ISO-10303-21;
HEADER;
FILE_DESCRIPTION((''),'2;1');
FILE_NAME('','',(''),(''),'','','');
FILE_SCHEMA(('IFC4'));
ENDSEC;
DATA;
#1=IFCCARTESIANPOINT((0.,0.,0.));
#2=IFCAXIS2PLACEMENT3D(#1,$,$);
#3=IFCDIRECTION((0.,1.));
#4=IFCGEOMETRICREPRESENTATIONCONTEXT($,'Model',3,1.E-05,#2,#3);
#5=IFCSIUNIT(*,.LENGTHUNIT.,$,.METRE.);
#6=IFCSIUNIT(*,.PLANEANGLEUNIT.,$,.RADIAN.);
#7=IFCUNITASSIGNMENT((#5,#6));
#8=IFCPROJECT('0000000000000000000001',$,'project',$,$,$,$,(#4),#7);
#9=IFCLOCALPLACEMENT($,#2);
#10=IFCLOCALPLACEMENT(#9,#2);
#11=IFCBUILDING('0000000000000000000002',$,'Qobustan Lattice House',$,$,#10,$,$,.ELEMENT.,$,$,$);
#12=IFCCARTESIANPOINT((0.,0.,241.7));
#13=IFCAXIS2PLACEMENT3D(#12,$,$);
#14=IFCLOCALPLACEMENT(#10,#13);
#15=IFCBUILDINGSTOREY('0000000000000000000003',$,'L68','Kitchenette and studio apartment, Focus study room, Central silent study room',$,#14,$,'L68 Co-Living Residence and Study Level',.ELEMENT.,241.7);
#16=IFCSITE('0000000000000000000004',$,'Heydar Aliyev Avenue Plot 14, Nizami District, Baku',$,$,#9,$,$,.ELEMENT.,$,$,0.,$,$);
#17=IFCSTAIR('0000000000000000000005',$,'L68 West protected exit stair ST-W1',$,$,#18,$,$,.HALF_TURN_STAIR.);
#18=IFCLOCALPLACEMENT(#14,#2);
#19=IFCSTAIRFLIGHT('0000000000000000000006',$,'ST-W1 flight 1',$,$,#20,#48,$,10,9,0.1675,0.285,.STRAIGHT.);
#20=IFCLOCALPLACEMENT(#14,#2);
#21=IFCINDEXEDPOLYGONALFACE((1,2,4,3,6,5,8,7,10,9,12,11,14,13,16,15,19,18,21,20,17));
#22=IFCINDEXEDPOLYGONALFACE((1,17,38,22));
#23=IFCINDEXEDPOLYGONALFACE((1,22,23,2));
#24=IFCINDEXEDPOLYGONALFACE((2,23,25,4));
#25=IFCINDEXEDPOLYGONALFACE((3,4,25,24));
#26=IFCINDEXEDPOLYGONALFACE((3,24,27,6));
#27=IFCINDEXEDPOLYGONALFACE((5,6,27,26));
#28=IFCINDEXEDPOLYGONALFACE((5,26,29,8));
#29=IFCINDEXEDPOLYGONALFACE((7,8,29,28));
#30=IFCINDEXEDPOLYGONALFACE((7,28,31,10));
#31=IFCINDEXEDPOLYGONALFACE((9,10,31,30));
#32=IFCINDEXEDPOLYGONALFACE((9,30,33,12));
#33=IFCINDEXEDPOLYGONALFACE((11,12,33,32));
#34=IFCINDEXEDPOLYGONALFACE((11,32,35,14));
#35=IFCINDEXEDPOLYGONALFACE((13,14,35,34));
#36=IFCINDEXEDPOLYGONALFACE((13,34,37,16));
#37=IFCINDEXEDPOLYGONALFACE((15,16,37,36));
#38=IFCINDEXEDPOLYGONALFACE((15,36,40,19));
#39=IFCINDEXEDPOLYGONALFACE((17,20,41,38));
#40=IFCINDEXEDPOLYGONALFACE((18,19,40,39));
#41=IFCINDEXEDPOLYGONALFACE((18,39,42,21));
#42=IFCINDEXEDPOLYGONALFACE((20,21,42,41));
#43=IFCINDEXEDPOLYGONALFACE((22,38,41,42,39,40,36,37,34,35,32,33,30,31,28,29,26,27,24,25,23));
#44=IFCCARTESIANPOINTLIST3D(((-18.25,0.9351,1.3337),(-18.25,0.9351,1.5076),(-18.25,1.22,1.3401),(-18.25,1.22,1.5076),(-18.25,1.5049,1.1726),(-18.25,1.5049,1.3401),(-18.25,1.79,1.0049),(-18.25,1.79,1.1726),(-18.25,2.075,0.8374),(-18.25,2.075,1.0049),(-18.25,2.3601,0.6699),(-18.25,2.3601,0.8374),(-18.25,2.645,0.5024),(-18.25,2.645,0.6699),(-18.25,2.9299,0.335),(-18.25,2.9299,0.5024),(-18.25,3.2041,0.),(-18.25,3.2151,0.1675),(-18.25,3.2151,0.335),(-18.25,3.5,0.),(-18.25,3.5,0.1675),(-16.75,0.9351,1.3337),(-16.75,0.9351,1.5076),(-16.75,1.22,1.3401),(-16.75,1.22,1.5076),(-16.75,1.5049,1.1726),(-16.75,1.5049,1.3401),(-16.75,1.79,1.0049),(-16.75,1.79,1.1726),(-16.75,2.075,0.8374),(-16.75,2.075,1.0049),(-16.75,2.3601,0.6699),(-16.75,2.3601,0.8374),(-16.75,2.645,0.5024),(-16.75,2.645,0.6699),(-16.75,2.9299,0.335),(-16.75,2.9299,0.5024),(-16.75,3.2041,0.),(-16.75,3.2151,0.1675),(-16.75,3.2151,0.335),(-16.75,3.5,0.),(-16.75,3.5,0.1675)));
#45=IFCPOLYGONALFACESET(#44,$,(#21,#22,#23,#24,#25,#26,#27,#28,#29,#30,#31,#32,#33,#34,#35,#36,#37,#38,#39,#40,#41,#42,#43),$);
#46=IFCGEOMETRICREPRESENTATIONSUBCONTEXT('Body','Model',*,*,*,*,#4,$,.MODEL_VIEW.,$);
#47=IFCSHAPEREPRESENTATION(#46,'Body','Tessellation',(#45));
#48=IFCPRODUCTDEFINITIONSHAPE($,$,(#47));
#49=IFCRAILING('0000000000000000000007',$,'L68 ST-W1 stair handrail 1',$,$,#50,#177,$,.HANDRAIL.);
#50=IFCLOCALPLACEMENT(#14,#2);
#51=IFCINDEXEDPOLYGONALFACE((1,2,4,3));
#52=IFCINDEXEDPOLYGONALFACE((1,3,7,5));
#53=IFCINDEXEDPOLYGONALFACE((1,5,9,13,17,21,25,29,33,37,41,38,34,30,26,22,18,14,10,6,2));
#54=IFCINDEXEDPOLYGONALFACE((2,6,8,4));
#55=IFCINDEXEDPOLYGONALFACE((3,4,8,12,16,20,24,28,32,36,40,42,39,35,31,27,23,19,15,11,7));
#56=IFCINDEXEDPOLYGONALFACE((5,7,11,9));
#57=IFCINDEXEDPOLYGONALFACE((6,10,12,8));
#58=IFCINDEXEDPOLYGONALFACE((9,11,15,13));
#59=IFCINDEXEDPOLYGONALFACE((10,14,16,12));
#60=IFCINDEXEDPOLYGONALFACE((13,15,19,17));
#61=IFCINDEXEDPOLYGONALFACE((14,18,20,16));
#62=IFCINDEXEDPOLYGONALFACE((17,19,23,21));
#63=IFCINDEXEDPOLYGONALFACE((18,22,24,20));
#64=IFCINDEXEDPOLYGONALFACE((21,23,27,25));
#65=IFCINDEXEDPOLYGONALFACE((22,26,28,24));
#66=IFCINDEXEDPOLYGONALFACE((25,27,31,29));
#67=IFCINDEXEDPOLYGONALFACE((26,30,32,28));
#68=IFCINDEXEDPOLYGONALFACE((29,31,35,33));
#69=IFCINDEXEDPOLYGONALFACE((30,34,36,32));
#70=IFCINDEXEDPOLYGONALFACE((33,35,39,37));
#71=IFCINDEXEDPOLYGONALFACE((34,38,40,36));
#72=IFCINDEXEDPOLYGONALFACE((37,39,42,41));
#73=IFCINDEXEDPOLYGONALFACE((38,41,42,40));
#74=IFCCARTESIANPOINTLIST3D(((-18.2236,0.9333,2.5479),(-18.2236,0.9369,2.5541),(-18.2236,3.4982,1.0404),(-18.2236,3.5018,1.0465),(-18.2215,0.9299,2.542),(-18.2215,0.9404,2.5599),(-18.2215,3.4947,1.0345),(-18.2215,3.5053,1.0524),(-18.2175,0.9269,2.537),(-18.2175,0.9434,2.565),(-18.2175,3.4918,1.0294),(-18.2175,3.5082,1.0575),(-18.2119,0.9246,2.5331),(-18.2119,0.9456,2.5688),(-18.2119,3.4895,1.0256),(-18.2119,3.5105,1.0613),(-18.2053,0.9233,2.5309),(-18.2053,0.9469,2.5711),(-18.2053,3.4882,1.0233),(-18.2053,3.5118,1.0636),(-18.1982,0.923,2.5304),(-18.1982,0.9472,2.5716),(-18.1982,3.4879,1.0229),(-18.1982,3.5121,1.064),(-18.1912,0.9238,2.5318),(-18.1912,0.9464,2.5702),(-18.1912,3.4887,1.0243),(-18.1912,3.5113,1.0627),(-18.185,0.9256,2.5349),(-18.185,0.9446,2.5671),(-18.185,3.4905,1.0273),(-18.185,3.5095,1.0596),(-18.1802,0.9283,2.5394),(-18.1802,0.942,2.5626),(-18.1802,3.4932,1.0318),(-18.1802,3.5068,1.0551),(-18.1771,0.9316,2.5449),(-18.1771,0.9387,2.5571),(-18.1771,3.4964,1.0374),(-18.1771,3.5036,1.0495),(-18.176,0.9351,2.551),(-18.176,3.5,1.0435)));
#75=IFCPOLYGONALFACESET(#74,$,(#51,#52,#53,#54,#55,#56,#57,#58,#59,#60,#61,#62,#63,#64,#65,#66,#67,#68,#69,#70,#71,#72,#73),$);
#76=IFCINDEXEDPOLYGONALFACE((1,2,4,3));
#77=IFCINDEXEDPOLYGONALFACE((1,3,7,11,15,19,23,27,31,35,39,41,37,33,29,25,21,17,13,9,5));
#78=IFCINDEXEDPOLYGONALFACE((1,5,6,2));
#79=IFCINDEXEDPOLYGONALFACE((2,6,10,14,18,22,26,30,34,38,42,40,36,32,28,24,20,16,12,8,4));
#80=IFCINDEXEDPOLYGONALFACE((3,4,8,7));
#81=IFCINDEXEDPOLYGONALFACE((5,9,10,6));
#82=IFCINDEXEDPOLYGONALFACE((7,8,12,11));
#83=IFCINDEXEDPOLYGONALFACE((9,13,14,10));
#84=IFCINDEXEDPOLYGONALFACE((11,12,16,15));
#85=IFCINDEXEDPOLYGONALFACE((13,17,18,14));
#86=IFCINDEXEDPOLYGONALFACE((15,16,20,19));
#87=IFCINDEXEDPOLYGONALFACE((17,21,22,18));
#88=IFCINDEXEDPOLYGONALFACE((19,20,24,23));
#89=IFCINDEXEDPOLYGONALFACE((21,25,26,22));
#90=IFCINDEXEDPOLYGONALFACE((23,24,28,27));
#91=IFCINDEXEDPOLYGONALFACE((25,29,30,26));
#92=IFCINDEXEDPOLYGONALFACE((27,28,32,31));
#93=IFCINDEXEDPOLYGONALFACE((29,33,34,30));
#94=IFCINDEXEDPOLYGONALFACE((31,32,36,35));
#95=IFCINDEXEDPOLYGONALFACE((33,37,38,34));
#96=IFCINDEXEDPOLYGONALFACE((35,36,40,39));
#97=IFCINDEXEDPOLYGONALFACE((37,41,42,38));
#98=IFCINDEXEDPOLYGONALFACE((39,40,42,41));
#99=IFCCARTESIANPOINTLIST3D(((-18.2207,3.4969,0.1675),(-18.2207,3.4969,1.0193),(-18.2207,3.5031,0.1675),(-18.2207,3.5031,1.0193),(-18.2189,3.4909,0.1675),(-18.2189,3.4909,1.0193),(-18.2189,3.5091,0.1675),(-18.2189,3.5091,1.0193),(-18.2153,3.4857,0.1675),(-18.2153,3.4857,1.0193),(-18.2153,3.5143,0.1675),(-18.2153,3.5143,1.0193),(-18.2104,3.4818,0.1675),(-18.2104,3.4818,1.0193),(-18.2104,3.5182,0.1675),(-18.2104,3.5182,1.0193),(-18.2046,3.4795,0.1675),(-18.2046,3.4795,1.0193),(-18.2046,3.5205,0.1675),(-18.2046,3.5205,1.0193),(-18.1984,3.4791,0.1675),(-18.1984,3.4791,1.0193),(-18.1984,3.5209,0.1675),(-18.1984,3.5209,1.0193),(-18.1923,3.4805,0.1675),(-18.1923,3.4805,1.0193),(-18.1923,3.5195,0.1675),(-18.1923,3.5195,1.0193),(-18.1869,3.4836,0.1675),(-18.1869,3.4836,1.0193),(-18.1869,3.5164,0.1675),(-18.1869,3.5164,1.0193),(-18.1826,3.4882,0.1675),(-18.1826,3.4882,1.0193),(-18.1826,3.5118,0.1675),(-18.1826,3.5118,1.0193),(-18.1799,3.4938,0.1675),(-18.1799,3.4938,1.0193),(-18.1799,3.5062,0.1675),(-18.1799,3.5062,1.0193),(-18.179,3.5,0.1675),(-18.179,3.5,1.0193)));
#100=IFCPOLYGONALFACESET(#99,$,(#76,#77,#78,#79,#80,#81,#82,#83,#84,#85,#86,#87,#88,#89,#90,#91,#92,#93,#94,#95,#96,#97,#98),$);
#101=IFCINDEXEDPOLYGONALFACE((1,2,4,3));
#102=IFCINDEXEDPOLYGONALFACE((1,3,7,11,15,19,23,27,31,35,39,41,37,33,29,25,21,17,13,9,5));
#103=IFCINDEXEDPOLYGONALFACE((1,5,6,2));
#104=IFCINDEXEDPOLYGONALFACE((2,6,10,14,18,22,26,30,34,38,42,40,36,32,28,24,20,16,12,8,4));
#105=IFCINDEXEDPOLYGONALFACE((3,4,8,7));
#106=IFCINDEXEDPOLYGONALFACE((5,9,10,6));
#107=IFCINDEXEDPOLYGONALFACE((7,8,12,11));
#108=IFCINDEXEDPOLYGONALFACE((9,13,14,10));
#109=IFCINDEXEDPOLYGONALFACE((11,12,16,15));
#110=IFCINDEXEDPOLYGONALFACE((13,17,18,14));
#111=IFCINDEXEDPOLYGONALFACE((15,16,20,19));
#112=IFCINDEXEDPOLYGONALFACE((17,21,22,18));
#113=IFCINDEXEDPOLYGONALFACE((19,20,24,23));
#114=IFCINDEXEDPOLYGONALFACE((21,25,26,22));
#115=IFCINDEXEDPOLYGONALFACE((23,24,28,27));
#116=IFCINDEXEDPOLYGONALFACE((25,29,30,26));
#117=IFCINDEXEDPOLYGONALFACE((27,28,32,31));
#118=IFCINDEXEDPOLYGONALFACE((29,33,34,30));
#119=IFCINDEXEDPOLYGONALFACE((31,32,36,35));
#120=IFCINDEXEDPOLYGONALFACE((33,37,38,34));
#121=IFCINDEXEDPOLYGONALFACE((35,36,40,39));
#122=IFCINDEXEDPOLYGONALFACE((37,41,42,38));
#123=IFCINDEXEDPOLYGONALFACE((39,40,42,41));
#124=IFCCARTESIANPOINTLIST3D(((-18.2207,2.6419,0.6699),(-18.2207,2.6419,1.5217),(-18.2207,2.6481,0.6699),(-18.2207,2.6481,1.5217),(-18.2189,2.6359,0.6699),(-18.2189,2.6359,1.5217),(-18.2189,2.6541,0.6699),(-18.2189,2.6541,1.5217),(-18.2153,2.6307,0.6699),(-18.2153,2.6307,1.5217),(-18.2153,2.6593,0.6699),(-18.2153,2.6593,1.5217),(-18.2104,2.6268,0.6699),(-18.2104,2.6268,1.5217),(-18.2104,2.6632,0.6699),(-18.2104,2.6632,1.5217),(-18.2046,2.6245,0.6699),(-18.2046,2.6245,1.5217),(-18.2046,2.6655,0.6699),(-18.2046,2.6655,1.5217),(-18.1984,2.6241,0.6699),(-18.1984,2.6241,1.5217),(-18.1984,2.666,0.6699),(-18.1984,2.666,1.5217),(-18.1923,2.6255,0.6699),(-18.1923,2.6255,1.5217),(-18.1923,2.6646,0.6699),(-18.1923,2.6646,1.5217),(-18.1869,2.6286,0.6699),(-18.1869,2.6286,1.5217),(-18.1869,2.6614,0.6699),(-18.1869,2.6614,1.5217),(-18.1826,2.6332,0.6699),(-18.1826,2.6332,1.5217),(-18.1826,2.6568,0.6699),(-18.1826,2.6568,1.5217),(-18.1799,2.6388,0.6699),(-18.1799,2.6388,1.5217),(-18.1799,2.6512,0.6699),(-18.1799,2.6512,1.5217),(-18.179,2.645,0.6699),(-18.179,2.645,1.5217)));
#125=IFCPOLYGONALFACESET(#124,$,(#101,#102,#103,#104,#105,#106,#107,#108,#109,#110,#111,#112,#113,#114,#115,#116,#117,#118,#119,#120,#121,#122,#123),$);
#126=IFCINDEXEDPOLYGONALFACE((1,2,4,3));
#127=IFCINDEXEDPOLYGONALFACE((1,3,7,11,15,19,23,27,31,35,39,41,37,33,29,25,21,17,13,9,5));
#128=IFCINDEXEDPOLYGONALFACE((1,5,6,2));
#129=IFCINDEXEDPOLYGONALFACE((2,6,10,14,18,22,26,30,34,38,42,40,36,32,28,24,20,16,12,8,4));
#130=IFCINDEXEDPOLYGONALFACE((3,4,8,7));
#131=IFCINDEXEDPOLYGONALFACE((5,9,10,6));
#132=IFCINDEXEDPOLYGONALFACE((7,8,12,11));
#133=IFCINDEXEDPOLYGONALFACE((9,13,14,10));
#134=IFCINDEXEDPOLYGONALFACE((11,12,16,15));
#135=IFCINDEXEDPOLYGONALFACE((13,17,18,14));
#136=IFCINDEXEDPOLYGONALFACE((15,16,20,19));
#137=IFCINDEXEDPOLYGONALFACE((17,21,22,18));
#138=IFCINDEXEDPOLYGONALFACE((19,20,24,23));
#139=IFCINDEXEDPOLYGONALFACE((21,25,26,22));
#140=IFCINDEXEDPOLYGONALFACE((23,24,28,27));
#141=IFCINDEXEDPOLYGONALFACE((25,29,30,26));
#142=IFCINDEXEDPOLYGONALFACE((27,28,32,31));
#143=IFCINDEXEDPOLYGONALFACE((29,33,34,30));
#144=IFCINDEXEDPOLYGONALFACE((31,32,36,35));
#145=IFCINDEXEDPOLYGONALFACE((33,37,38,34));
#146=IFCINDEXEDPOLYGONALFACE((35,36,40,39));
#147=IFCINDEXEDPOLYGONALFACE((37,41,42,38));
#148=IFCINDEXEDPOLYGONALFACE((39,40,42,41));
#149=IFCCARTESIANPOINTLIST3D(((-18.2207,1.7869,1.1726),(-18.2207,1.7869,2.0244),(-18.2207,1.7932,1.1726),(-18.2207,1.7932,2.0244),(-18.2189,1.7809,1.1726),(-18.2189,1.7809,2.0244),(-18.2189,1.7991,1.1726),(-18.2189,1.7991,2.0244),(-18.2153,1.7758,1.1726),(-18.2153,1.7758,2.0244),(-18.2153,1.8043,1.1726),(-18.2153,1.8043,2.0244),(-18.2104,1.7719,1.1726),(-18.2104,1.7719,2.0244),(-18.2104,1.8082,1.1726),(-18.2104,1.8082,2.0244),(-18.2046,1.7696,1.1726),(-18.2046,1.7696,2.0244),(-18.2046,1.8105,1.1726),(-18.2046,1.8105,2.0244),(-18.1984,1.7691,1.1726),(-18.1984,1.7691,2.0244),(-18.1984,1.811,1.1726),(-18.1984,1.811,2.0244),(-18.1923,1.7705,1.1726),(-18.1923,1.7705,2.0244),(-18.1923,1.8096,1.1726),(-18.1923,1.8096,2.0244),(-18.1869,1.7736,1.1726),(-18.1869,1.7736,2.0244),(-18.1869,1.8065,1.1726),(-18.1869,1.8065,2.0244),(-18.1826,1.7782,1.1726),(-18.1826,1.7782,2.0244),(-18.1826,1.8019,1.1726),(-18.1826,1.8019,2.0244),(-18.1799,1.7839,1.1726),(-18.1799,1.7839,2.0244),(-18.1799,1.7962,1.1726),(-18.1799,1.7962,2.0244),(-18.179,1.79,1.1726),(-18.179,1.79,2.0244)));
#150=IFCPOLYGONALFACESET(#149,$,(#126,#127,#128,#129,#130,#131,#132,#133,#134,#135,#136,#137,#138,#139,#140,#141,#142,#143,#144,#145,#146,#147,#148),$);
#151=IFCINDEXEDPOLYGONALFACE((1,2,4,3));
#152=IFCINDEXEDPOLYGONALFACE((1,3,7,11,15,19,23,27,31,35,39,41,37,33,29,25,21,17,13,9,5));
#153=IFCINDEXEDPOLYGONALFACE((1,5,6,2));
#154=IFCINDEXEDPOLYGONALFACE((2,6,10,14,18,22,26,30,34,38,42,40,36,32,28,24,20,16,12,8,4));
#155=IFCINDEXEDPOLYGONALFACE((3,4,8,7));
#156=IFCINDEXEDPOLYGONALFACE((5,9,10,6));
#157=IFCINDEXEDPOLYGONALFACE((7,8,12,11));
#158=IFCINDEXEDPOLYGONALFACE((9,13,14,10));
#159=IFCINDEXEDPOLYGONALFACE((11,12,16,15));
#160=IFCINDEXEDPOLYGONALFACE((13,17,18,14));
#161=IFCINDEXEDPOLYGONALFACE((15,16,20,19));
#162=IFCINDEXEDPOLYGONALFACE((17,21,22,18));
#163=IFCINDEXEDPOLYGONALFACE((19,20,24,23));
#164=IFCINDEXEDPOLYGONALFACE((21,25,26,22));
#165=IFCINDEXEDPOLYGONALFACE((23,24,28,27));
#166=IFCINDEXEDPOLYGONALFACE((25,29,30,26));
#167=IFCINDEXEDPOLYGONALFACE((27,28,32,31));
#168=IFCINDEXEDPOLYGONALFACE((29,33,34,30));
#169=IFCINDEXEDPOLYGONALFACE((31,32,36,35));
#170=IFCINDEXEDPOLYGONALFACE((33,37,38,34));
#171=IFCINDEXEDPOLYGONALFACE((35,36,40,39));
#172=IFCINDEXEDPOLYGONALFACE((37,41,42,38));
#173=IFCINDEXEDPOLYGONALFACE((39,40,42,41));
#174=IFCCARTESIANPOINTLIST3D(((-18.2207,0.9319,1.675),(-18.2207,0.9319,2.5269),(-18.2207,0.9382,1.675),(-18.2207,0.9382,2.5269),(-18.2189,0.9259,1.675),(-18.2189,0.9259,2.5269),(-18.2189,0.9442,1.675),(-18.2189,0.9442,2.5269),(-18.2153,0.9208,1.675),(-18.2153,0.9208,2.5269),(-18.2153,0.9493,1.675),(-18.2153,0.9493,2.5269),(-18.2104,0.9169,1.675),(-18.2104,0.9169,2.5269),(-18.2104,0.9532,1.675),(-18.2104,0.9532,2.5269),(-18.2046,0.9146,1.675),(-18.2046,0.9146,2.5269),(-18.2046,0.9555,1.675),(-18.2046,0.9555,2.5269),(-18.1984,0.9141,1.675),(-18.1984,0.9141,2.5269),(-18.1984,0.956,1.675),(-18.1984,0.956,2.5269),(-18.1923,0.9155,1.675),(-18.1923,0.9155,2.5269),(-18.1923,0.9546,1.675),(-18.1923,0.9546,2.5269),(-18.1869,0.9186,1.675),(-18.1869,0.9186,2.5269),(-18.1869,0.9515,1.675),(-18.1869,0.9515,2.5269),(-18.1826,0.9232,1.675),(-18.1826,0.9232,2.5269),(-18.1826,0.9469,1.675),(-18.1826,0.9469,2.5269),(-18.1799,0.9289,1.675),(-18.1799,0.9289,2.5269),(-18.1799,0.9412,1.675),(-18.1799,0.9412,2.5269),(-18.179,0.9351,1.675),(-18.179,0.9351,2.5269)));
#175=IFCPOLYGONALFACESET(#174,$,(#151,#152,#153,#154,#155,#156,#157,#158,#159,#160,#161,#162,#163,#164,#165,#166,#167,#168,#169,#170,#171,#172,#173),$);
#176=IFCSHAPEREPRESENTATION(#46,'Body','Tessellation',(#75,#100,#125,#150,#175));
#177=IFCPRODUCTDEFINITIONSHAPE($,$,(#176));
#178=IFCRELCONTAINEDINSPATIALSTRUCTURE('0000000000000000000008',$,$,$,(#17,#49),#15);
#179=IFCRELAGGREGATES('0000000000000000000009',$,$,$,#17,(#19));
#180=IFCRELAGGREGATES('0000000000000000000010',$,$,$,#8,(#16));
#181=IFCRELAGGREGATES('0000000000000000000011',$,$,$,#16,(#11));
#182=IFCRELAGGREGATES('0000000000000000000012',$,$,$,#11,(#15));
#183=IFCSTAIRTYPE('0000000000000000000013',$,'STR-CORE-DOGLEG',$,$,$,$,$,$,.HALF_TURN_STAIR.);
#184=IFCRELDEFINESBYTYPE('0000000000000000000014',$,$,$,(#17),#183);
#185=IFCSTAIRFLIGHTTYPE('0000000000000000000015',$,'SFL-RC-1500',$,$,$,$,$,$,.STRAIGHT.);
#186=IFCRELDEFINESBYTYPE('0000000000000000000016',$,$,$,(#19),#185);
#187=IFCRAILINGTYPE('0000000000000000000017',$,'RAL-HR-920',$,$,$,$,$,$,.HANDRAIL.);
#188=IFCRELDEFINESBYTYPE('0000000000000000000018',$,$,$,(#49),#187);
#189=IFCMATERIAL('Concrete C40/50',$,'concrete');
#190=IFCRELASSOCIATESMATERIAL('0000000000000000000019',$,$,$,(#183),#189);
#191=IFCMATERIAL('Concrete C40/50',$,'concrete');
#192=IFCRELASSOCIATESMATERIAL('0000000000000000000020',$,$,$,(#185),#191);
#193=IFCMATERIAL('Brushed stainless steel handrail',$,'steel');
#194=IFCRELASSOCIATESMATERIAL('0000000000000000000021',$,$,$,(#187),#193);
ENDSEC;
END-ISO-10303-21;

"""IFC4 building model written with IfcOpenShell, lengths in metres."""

from ifc_helpers import new_model, si_unit, direction, frame, origin, origin_2d, place, context, subcontext, project, spatial, polyline, circle, outline, extrude, material, type_object, element, aggregate, save


model = new_model("IFC4")

# Units and contexts
model_context = context("Model", 3, precision=1e-05, world=origin(), true_north=direction((0.0, 1.0)))
body_context = subcontext(model_context, "Body", "Model", "MODEL_VIEW")
ifc_project = project(units=[si_unit("LENGTHUNIT", "METRE"), si_unit("PLANEANGLEUNIT", "RADIAN")], contexts=[model_context])

# Site, building, storey
site_placement = place(None, origin())
site = spatial("IfcSite", under=ifc_project, at=site_placement, Name="Heydar Aliyev Avenue Plot 14, Nizami District, Baku", CompositionType="ELEMENT", RefElevation=0.0)
building_placement = place(site_placement, origin())
building = spatial("IfcBuilding", under=site, at=building_placement, Name="Qobustan Lattice House", CompositionType="ELEMENT")
storey_placement = place(building_placement, frame((0.0, 0.0, 241.7)))
storey = spatial("IfcBuildingStorey", under=building, at=storey_placement, Name="L68", Description="Kitchenette and studio apartment, Focus study room, Central silent study room", LongName="L68 Co-Living Residence and Study Level", CompositionType="ELEMENT", Elevation=241.7)

# Stair, stair flight
ifc_material_1 = material(Name="Concrete C40/50", Category="concrete")
stair_type = type_object("IfcStairType", Name="STR-CORE-DOGLEG", PredefinedType="HALF_TURN_STAIR", material=ifc_material_1)
stair_placement = place(storey_placement, origin())
stair = element("IfcStair", 1, at=stair_placement, inside=storey, type_object=stair_type, Name="L68 West protected exit stair ST-W1", PredefinedType="HALF_TURN_STAIR")
ifc_material_2 = material(Name="Concrete C40/50", Category="concrete")
stair_flight_type = type_object("IfcStairFlightType", Name="SFL-RC-1500", PredefinedType="STRAIGHT", material=ifc_material_2)
stair_flight_placement = place(storey_placement, frame((-17.5, 3.5, 0.0), z_axis=(0.0, 0.0, 1.0), x_axis=(0.0, -1.0, 0.0)))
stair_flight = element("IfcStairFlight", 2, at=stair_flight_placement, type_object=stair_flight_type, Name="ST-W1 flight 1", NumberOfRisers=10, NumberOfTreads=9, PredefinedType="STRAIGHT", RiserHeight=0.1675, TreadLength=0.285, context=body_context, shape_type="SweptSolid", body=[
    extrude(outline(polyline([(0.0, 0.0), (0.0, 0.1675), (0.2849, 0.1675), (0.2849, 0.335), (0.5701, 0.335), (0.5701, 0.5024), (0.855, 0.5024), (0.855, 0.6699), (1.1399, 0.6699), (1.1399, 0.8374), (1.425, 0.8374), (1.425, 1.0049), (1.71, 1.0049), (1.71, 1.1726), (1.9951, 1.1726), (1.9951, 1.3401), (2.28, 1.3401), (2.28, 1.5076), (2.5649, 1.5076), (2.5649, 1.675), (2.5649, 1.3337), (0.2959, 0.0), (0.0, 0.0)])), frame((0.0, 0.75, 0.0), z_axis=(0.0, -1.0, 0.0), x_axis=(1.0, 0.0, 0.0)), (0.0, 0.0, 1.0), 1.5),
])
aggregate(stair, [stair_flight])

# Railing
ifc_material_3 = material(Name="Brushed stainless steel handrail", Category="steel")
railing_type = type_object("IfcRailingType", Name="RAL-HR-920", PredefinedType="HANDRAIL", material=ifc_material_3)
railing_placement = place(storey_placement, frame((-18.2, 3.5, 0.1675)))
element("IfcRailing", 3, at=railing_placement, inside=storey, type_object=railing_type, Name="L68 ST-W1 stair handrail 1", PredefinedType="HANDRAIL", context=body_context, shape_type="SweptSolid", body=[
    extrude(circle(Radius=0.0239, at=origin_2d()), frame((0.0, 0.0, 0.876), z_axis=(0.0, -0.862113, 0.506715), x_axis=(1.0, 0.0, 0.0)), (0.0, 0.0, 1.0), 2.9751),
    extrude(circle(Radius=0.021, at=origin_2d()), origin(), (0.0, 0.0, 1.0), 0.8518),
    extrude(circle(Radius=0.021, at=origin_2d()), frame((0.0, -0.855, 0.5024)), (0.0, 0.0, 1.0), 0.8518),
    extrude(circle(Radius=0.021, at=origin_2d()), frame((0.0, -1.71, 1.0051)), (0.0, 0.0, 1.0), 0.8518),
    extrude(circle(Radius=0.021, at=origin_2d()), frame((0.0, -2.5649, 1.5076)), (0.0, 0.0, 1.0), 0.8518),
])

save(model, "model.ifc")
